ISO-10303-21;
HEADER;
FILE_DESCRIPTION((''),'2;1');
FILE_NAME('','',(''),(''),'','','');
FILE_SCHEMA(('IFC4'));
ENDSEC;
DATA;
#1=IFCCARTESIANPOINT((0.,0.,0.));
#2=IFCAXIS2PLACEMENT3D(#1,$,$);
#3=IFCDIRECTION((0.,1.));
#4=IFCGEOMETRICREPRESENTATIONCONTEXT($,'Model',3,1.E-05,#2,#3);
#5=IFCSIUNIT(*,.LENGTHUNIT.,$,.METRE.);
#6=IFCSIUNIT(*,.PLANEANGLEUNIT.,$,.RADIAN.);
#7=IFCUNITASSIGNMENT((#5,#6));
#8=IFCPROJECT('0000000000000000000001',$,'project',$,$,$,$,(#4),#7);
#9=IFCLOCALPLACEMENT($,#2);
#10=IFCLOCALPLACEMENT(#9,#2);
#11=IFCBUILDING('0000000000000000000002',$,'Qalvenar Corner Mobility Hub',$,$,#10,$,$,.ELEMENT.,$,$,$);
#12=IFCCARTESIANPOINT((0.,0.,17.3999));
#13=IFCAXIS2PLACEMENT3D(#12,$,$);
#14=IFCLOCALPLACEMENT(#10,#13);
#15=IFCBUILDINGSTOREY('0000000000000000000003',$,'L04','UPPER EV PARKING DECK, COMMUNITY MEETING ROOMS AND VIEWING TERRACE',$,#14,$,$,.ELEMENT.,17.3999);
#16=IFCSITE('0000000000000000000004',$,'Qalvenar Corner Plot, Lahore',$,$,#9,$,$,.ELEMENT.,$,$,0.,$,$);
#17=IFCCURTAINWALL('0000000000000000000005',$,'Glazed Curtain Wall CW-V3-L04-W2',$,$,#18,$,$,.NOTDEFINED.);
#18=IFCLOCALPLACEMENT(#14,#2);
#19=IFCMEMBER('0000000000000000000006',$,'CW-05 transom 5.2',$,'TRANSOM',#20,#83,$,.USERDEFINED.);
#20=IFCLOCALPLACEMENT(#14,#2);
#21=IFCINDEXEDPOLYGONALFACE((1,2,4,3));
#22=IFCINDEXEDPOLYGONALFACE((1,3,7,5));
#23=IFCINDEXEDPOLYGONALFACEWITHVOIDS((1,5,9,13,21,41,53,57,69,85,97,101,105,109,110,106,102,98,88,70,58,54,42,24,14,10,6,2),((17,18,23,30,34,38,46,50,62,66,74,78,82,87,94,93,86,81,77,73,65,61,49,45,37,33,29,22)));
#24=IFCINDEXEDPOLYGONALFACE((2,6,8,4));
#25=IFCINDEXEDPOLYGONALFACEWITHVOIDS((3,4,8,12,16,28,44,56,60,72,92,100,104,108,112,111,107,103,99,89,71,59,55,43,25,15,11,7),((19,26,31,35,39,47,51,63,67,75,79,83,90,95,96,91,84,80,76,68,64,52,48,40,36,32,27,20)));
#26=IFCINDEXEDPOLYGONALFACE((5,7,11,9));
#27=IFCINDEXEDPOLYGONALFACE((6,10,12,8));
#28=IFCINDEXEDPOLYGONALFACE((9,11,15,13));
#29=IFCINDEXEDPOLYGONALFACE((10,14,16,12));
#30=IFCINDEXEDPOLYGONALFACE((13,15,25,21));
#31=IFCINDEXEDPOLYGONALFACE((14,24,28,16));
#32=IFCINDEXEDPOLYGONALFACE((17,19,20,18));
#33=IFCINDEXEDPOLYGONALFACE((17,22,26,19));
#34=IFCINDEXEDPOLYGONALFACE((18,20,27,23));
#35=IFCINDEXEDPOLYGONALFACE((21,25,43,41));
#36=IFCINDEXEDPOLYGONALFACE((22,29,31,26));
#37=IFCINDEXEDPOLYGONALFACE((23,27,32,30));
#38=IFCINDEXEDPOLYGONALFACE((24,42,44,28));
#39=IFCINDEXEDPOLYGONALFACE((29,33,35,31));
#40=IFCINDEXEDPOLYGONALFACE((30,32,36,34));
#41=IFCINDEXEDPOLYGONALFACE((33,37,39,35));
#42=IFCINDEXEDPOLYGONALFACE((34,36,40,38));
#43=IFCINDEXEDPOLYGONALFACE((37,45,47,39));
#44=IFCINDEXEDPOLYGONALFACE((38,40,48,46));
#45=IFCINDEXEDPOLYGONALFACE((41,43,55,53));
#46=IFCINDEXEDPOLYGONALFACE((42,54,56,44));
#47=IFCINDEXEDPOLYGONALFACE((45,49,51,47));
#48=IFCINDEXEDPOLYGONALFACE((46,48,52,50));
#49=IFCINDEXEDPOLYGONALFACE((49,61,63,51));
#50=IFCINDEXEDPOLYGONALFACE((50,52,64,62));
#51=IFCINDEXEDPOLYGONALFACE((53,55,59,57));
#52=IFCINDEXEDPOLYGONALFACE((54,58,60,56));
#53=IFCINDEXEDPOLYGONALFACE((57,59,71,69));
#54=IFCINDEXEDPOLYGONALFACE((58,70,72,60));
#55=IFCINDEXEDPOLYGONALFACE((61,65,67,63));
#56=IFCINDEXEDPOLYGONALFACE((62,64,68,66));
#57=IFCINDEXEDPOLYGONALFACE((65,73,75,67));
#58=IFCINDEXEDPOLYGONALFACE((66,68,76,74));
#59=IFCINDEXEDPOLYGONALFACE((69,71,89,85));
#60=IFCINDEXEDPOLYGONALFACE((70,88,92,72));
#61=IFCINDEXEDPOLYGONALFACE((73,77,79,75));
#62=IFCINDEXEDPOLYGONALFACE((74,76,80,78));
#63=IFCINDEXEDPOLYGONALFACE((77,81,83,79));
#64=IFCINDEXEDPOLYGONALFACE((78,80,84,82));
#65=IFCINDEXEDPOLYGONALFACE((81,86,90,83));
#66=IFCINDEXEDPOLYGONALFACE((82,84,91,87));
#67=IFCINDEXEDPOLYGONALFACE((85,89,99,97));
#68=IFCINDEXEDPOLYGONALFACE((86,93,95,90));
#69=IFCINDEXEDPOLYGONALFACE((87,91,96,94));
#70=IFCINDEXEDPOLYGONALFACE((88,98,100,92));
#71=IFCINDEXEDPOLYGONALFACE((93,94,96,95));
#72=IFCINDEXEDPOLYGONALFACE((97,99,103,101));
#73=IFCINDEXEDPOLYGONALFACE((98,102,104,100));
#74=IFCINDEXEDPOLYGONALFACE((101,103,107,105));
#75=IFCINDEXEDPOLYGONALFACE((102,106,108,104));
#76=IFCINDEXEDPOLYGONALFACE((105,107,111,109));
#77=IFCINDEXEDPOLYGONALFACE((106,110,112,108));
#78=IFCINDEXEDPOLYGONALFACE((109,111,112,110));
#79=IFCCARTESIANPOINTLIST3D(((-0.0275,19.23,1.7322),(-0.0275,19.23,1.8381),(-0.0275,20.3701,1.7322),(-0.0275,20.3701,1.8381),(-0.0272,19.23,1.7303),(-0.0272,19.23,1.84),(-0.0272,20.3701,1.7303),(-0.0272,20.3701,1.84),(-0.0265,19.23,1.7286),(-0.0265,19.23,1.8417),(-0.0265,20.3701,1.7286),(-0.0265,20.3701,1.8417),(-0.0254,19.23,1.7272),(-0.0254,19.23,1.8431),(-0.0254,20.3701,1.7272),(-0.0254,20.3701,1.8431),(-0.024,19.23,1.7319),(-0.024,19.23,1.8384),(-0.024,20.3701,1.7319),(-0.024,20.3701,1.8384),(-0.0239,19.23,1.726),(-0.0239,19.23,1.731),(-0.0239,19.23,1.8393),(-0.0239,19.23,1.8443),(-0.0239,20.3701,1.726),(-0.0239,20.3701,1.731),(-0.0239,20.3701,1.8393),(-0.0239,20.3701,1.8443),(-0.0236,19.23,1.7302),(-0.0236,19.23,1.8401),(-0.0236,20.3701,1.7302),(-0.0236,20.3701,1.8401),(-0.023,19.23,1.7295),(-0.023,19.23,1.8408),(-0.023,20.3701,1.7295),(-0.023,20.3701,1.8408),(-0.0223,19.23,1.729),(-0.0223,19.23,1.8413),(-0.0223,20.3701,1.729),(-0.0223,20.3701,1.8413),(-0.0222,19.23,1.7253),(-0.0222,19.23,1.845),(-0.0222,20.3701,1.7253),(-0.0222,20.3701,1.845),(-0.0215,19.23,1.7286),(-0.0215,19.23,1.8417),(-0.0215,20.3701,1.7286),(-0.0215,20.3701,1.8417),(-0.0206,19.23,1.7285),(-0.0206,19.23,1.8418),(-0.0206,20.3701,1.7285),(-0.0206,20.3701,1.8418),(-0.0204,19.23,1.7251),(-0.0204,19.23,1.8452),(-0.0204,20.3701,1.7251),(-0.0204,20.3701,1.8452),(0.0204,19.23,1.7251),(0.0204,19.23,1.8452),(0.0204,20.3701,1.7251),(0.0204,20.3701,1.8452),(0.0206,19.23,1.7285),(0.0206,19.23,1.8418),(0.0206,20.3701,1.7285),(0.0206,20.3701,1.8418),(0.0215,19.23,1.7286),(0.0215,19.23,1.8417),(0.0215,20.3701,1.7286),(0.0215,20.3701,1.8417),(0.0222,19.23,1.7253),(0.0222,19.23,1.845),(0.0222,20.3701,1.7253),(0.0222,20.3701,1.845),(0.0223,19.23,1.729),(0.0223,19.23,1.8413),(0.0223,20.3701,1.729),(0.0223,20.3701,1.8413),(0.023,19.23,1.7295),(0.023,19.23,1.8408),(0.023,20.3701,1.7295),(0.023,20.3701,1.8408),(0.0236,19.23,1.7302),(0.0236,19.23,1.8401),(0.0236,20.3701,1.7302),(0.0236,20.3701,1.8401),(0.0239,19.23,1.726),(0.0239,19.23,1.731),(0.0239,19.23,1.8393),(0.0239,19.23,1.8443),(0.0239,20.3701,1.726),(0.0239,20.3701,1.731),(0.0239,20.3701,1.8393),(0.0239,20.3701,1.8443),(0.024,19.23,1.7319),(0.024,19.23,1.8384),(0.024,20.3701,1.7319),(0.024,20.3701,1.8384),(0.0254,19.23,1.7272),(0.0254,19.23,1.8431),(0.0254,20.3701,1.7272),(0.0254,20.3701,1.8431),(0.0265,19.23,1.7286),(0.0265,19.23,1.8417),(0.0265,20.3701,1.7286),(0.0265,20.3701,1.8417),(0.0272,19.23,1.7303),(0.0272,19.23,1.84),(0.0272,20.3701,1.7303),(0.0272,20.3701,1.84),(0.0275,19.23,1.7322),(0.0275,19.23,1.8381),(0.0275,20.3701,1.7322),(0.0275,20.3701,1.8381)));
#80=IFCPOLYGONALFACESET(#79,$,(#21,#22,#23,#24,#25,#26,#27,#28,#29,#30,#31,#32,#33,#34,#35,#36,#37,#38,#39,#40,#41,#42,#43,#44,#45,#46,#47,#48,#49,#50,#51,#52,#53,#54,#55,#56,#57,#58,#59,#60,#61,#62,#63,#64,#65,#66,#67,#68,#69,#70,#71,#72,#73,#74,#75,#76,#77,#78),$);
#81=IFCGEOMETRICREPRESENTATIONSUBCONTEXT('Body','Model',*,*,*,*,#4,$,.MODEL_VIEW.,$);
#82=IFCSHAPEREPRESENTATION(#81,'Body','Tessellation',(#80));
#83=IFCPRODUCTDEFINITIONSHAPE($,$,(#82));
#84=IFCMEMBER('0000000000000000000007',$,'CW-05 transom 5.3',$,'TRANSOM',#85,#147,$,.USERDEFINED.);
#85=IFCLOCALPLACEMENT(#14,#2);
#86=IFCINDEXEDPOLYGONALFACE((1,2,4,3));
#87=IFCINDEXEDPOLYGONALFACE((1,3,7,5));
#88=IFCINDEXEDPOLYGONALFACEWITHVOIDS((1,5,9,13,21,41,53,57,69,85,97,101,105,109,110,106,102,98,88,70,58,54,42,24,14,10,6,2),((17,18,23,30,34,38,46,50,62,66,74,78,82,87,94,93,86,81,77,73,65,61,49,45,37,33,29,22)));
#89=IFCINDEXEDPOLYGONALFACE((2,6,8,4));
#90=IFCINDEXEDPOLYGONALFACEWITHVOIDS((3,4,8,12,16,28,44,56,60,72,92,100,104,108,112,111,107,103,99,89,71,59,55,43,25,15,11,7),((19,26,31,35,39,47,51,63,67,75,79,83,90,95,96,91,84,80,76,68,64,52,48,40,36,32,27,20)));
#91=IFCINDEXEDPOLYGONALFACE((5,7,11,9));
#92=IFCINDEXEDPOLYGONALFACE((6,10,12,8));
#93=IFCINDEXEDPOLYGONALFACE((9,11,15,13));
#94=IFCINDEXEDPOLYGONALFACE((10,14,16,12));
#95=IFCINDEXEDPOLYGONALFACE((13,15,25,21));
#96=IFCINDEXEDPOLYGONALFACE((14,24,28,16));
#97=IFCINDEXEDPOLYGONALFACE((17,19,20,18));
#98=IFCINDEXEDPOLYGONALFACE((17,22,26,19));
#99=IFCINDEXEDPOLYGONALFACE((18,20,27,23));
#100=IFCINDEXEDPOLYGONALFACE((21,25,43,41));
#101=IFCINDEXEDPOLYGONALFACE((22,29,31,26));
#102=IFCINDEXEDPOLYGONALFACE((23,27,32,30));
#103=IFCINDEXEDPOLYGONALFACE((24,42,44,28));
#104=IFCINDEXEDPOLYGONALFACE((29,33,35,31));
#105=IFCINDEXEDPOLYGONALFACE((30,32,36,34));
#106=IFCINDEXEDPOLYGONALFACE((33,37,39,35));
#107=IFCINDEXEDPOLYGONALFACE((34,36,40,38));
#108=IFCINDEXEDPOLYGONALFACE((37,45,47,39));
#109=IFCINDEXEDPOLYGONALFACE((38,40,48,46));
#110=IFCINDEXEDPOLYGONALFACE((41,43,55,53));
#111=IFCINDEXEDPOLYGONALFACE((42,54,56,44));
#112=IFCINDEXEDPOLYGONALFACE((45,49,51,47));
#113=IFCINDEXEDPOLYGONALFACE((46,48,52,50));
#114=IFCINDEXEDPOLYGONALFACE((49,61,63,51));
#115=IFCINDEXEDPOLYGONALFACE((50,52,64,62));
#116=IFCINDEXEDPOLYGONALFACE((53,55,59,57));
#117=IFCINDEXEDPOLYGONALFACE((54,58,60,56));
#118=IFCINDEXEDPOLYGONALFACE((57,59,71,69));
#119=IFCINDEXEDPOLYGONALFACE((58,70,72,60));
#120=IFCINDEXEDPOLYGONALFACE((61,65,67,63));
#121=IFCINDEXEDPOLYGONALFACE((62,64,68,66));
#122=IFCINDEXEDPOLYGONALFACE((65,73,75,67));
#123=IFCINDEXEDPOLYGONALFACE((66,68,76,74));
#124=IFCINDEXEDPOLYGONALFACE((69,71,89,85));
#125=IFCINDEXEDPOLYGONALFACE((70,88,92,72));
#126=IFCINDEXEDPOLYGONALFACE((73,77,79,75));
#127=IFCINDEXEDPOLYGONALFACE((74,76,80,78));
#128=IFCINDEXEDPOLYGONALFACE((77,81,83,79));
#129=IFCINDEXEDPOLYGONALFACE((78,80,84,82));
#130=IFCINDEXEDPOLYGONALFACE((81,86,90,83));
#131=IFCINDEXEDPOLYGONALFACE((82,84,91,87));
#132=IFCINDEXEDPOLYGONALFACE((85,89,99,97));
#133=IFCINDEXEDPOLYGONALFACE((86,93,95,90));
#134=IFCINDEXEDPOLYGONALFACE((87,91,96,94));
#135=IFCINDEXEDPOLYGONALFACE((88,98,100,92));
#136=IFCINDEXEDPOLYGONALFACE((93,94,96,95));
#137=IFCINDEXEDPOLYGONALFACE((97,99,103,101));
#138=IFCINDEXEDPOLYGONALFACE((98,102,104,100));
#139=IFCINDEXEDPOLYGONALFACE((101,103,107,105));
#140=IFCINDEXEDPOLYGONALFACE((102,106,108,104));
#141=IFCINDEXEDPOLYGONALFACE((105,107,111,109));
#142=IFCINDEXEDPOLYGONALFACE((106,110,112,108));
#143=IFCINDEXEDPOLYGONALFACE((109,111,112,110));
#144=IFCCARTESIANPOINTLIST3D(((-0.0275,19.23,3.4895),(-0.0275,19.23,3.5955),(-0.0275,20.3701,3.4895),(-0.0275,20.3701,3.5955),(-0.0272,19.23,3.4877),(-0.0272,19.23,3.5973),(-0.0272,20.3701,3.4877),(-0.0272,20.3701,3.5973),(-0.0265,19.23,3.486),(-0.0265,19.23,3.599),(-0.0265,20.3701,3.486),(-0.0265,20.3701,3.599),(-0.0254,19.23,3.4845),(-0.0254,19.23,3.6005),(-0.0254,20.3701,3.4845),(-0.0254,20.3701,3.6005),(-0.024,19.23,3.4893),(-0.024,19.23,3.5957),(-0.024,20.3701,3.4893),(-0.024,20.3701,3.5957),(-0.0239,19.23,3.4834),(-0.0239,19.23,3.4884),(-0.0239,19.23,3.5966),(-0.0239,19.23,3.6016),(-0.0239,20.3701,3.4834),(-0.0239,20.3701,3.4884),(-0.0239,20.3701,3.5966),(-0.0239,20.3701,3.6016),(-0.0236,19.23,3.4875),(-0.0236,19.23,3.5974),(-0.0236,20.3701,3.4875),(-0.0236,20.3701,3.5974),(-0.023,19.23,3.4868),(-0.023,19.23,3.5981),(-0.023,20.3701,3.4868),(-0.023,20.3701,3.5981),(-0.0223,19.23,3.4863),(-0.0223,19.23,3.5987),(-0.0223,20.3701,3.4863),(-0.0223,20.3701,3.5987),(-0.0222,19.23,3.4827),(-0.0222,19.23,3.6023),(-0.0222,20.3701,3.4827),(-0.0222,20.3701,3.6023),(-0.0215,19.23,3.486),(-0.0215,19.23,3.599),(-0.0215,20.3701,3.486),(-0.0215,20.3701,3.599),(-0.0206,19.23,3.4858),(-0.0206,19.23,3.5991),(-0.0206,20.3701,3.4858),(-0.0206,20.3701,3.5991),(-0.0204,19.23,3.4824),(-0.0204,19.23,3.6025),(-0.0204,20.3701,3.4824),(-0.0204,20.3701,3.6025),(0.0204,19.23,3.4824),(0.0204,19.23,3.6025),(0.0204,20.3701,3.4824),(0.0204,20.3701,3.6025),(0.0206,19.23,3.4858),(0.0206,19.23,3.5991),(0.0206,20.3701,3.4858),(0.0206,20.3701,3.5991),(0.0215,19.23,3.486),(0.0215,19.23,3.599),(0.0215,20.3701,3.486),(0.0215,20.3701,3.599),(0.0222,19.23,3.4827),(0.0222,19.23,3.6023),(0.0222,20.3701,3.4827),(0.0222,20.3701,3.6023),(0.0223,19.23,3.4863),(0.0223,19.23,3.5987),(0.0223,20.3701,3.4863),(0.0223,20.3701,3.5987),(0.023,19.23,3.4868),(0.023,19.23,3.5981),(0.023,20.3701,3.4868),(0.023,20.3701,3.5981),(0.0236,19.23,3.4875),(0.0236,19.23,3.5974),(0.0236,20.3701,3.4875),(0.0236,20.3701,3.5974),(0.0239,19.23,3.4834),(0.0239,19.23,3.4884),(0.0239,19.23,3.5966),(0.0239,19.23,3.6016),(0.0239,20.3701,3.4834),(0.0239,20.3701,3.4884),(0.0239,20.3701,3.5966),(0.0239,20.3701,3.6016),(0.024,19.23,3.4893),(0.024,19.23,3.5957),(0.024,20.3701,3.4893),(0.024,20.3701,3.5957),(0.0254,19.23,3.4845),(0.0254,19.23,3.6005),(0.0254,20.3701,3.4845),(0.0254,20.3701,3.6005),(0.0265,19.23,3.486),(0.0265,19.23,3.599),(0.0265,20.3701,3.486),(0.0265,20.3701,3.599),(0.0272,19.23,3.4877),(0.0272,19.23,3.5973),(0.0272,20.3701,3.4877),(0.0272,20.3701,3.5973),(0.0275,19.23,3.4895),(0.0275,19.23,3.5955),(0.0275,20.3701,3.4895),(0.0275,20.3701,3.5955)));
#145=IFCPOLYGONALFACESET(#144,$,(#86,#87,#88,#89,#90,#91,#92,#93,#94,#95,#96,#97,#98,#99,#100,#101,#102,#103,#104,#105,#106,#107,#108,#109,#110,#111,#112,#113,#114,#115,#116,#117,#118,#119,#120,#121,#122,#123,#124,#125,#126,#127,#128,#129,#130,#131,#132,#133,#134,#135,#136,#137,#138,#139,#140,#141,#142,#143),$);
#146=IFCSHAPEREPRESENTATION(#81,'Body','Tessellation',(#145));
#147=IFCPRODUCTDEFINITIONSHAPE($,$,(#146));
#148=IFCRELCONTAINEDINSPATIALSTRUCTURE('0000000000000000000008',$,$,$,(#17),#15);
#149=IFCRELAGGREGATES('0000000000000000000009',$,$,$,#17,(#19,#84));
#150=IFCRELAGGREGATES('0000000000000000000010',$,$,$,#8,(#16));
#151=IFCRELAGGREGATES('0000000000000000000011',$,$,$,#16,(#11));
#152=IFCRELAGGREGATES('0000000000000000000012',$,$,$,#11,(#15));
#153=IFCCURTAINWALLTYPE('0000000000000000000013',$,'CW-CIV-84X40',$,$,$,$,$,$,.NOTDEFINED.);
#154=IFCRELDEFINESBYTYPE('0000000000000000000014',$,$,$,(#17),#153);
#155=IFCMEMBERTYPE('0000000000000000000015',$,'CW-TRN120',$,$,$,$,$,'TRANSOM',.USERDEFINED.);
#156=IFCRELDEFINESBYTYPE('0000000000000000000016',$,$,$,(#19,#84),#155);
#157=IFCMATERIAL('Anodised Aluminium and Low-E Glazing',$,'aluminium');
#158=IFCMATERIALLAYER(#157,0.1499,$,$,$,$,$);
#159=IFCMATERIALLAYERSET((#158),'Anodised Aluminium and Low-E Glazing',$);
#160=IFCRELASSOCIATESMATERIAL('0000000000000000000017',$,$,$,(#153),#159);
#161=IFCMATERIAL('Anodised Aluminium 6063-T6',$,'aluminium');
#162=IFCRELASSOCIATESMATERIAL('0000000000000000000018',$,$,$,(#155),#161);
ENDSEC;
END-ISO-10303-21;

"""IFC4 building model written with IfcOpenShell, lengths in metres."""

from ifc_helpers import new_model, si_unit, direction, frame, origin, origin_2d, place, context, subcontext, project, spatial, hollow_rectangle, extrude, material, layer, layer_set, material_profile, profile_set, type_object, element, aggregate, save


model = new_model("IFC4")

# Units and contexts
model_context = context("Model", 3, precision=1e-05, world=origin(), true_north=direction((0.0, 1.0)))
body_context = subcontext(model_context, "Body", "Model", "MODEL_VIEW")
ifc_project = project(units=[si_unit("LENGTHUNIT", "METRE"), si_unit("PLANEANGLEUNIT", "RADIAN")], contexts=[model_context])

# Site, building, storey
site_placement = place(None, origin())
site = spatial("IfcSite", under=ifc_project, at=site_placement, Name="Qalvenar Corner Plot, Lahore", CompositionType="ELEMENT", RefElevation=0.0)
building_placement = place(site_placement, origin())
building = spatial("IfcBuilding", under=site, at=building_placement, Name="Qalvenar Corner Mobility Hub", CompositionType="ELEMENT")
storey_placement = place(building_placement, frame((0.0, 0.0, 17.3999)))
storey = spatial("IfcBuildingStorey", under=building, at=storey_placement, Name="L04", Description="UPPER EV PARKING DECK, COMMUNITY MEETING ROOMS AND VIEWING TERRACE", CompositionType="ELEMENT", Elevation=17.3999)

# Curtain wall, members
ifc_material_1 = material(Name="Anodised Aluminium and Low-E Glazing", Category="aluminium")
ifc_layer_1 = layer(ifc_material_1, 0.1499)
ifc_layer_set_1 = layer_set([ifc_layer_1], Name="Anodised Aluminium and Low-E Glazing")
curtain_wall_type = type_object("IfcCurtainWallType", Name="CW-CIV-84X40", PredefinedType="NOTDEFINED", material=ifc_layer_set_1)
curtain_wall_placement = place(storey_placement, origin())
curtain_wall = element("IfcCurtainWall", 1, at=curtain_wall_placement, inside=storey, type_object=curtain_wall_type, Name="Glazed Curtain Wall CW-V3-L04-W2", PredefinedType="NOTDEFINED")
ifc_material_2 = material(Name="Anodised Aluminium 6063-T6", Category="aluminium")
ifc_material_profile_1 = material_profile(ifc_material_2, hollow_rectangle(XDim=0.0549, YDim=0.1201, WallThickness=0.0034, InnerFilletRadius=0.0034, OuterFilletRadius=0.0071, at=origin_2d()), Name="RHS120x55x3.5")
ifc_profile_set_1 = profile_set([ifc_material_profile_1], Name="Anodised Aluminium 6063-T6")
member_type_1 = type_object("IfcMemberType", Name="CW-TRN120", ElementType="TRANSOM", PredefinedType="USERDEFINED", material=ifc_profile_set_1)
member_1_placement = place(storey_placement, frame((0.0, 20.3701, 1.7852), z_axis=(0.0, -1.0, 0.0), x_axis=(1.0, 0.0, 0.0)))
member_1 = element("IfcMember", 2, at=member_1_placement, type_object=member_type_1, Name="CW-05 transom 5.2", ObjectType="TRANSOM", PredefinedType="USERDEFINED", context=body_context, shape_type="SweptSolid", body=[
    extrude(hollow_rectangle(XDim=0.0549, YDim=0.1201, WallThickness=0.0034, InnerFilletRadius=0.0034, OuterFilletRadius=0.0071, at=origin_2d()), origin(), (0.0, 0.0, 1.0), 1.1401),
])
member_2_placement = place(storey_placement, frame((0.0, 20.3701, 3.5425), z_axis=(0.0, -1.0, 0.0), x_axis=(1.0, 0.0, 0.0)))
member_2 = element("IfcMember", 3, at=member_2_placement, type_object=member_type_1, Name="CW-05 transom 5.3", ObjectType="TRANSOM", PredefinedType="USERDEFINED", context=body_context, shape_type="SweptSolid", body=[
    extrude(hollow_rectangle(XDim=0.0549, YDim=0.1201, WallThickness=0.0034, InnerFilletRadius=0.0034, OuterFilletRadius=0.0071, at=origin_2d()), origin(), (0.0, 0.0, 1.0), 1.1401),
])
aggregate(curtain_wall, [member_1, member_2])

save(model, "model.ifc")
